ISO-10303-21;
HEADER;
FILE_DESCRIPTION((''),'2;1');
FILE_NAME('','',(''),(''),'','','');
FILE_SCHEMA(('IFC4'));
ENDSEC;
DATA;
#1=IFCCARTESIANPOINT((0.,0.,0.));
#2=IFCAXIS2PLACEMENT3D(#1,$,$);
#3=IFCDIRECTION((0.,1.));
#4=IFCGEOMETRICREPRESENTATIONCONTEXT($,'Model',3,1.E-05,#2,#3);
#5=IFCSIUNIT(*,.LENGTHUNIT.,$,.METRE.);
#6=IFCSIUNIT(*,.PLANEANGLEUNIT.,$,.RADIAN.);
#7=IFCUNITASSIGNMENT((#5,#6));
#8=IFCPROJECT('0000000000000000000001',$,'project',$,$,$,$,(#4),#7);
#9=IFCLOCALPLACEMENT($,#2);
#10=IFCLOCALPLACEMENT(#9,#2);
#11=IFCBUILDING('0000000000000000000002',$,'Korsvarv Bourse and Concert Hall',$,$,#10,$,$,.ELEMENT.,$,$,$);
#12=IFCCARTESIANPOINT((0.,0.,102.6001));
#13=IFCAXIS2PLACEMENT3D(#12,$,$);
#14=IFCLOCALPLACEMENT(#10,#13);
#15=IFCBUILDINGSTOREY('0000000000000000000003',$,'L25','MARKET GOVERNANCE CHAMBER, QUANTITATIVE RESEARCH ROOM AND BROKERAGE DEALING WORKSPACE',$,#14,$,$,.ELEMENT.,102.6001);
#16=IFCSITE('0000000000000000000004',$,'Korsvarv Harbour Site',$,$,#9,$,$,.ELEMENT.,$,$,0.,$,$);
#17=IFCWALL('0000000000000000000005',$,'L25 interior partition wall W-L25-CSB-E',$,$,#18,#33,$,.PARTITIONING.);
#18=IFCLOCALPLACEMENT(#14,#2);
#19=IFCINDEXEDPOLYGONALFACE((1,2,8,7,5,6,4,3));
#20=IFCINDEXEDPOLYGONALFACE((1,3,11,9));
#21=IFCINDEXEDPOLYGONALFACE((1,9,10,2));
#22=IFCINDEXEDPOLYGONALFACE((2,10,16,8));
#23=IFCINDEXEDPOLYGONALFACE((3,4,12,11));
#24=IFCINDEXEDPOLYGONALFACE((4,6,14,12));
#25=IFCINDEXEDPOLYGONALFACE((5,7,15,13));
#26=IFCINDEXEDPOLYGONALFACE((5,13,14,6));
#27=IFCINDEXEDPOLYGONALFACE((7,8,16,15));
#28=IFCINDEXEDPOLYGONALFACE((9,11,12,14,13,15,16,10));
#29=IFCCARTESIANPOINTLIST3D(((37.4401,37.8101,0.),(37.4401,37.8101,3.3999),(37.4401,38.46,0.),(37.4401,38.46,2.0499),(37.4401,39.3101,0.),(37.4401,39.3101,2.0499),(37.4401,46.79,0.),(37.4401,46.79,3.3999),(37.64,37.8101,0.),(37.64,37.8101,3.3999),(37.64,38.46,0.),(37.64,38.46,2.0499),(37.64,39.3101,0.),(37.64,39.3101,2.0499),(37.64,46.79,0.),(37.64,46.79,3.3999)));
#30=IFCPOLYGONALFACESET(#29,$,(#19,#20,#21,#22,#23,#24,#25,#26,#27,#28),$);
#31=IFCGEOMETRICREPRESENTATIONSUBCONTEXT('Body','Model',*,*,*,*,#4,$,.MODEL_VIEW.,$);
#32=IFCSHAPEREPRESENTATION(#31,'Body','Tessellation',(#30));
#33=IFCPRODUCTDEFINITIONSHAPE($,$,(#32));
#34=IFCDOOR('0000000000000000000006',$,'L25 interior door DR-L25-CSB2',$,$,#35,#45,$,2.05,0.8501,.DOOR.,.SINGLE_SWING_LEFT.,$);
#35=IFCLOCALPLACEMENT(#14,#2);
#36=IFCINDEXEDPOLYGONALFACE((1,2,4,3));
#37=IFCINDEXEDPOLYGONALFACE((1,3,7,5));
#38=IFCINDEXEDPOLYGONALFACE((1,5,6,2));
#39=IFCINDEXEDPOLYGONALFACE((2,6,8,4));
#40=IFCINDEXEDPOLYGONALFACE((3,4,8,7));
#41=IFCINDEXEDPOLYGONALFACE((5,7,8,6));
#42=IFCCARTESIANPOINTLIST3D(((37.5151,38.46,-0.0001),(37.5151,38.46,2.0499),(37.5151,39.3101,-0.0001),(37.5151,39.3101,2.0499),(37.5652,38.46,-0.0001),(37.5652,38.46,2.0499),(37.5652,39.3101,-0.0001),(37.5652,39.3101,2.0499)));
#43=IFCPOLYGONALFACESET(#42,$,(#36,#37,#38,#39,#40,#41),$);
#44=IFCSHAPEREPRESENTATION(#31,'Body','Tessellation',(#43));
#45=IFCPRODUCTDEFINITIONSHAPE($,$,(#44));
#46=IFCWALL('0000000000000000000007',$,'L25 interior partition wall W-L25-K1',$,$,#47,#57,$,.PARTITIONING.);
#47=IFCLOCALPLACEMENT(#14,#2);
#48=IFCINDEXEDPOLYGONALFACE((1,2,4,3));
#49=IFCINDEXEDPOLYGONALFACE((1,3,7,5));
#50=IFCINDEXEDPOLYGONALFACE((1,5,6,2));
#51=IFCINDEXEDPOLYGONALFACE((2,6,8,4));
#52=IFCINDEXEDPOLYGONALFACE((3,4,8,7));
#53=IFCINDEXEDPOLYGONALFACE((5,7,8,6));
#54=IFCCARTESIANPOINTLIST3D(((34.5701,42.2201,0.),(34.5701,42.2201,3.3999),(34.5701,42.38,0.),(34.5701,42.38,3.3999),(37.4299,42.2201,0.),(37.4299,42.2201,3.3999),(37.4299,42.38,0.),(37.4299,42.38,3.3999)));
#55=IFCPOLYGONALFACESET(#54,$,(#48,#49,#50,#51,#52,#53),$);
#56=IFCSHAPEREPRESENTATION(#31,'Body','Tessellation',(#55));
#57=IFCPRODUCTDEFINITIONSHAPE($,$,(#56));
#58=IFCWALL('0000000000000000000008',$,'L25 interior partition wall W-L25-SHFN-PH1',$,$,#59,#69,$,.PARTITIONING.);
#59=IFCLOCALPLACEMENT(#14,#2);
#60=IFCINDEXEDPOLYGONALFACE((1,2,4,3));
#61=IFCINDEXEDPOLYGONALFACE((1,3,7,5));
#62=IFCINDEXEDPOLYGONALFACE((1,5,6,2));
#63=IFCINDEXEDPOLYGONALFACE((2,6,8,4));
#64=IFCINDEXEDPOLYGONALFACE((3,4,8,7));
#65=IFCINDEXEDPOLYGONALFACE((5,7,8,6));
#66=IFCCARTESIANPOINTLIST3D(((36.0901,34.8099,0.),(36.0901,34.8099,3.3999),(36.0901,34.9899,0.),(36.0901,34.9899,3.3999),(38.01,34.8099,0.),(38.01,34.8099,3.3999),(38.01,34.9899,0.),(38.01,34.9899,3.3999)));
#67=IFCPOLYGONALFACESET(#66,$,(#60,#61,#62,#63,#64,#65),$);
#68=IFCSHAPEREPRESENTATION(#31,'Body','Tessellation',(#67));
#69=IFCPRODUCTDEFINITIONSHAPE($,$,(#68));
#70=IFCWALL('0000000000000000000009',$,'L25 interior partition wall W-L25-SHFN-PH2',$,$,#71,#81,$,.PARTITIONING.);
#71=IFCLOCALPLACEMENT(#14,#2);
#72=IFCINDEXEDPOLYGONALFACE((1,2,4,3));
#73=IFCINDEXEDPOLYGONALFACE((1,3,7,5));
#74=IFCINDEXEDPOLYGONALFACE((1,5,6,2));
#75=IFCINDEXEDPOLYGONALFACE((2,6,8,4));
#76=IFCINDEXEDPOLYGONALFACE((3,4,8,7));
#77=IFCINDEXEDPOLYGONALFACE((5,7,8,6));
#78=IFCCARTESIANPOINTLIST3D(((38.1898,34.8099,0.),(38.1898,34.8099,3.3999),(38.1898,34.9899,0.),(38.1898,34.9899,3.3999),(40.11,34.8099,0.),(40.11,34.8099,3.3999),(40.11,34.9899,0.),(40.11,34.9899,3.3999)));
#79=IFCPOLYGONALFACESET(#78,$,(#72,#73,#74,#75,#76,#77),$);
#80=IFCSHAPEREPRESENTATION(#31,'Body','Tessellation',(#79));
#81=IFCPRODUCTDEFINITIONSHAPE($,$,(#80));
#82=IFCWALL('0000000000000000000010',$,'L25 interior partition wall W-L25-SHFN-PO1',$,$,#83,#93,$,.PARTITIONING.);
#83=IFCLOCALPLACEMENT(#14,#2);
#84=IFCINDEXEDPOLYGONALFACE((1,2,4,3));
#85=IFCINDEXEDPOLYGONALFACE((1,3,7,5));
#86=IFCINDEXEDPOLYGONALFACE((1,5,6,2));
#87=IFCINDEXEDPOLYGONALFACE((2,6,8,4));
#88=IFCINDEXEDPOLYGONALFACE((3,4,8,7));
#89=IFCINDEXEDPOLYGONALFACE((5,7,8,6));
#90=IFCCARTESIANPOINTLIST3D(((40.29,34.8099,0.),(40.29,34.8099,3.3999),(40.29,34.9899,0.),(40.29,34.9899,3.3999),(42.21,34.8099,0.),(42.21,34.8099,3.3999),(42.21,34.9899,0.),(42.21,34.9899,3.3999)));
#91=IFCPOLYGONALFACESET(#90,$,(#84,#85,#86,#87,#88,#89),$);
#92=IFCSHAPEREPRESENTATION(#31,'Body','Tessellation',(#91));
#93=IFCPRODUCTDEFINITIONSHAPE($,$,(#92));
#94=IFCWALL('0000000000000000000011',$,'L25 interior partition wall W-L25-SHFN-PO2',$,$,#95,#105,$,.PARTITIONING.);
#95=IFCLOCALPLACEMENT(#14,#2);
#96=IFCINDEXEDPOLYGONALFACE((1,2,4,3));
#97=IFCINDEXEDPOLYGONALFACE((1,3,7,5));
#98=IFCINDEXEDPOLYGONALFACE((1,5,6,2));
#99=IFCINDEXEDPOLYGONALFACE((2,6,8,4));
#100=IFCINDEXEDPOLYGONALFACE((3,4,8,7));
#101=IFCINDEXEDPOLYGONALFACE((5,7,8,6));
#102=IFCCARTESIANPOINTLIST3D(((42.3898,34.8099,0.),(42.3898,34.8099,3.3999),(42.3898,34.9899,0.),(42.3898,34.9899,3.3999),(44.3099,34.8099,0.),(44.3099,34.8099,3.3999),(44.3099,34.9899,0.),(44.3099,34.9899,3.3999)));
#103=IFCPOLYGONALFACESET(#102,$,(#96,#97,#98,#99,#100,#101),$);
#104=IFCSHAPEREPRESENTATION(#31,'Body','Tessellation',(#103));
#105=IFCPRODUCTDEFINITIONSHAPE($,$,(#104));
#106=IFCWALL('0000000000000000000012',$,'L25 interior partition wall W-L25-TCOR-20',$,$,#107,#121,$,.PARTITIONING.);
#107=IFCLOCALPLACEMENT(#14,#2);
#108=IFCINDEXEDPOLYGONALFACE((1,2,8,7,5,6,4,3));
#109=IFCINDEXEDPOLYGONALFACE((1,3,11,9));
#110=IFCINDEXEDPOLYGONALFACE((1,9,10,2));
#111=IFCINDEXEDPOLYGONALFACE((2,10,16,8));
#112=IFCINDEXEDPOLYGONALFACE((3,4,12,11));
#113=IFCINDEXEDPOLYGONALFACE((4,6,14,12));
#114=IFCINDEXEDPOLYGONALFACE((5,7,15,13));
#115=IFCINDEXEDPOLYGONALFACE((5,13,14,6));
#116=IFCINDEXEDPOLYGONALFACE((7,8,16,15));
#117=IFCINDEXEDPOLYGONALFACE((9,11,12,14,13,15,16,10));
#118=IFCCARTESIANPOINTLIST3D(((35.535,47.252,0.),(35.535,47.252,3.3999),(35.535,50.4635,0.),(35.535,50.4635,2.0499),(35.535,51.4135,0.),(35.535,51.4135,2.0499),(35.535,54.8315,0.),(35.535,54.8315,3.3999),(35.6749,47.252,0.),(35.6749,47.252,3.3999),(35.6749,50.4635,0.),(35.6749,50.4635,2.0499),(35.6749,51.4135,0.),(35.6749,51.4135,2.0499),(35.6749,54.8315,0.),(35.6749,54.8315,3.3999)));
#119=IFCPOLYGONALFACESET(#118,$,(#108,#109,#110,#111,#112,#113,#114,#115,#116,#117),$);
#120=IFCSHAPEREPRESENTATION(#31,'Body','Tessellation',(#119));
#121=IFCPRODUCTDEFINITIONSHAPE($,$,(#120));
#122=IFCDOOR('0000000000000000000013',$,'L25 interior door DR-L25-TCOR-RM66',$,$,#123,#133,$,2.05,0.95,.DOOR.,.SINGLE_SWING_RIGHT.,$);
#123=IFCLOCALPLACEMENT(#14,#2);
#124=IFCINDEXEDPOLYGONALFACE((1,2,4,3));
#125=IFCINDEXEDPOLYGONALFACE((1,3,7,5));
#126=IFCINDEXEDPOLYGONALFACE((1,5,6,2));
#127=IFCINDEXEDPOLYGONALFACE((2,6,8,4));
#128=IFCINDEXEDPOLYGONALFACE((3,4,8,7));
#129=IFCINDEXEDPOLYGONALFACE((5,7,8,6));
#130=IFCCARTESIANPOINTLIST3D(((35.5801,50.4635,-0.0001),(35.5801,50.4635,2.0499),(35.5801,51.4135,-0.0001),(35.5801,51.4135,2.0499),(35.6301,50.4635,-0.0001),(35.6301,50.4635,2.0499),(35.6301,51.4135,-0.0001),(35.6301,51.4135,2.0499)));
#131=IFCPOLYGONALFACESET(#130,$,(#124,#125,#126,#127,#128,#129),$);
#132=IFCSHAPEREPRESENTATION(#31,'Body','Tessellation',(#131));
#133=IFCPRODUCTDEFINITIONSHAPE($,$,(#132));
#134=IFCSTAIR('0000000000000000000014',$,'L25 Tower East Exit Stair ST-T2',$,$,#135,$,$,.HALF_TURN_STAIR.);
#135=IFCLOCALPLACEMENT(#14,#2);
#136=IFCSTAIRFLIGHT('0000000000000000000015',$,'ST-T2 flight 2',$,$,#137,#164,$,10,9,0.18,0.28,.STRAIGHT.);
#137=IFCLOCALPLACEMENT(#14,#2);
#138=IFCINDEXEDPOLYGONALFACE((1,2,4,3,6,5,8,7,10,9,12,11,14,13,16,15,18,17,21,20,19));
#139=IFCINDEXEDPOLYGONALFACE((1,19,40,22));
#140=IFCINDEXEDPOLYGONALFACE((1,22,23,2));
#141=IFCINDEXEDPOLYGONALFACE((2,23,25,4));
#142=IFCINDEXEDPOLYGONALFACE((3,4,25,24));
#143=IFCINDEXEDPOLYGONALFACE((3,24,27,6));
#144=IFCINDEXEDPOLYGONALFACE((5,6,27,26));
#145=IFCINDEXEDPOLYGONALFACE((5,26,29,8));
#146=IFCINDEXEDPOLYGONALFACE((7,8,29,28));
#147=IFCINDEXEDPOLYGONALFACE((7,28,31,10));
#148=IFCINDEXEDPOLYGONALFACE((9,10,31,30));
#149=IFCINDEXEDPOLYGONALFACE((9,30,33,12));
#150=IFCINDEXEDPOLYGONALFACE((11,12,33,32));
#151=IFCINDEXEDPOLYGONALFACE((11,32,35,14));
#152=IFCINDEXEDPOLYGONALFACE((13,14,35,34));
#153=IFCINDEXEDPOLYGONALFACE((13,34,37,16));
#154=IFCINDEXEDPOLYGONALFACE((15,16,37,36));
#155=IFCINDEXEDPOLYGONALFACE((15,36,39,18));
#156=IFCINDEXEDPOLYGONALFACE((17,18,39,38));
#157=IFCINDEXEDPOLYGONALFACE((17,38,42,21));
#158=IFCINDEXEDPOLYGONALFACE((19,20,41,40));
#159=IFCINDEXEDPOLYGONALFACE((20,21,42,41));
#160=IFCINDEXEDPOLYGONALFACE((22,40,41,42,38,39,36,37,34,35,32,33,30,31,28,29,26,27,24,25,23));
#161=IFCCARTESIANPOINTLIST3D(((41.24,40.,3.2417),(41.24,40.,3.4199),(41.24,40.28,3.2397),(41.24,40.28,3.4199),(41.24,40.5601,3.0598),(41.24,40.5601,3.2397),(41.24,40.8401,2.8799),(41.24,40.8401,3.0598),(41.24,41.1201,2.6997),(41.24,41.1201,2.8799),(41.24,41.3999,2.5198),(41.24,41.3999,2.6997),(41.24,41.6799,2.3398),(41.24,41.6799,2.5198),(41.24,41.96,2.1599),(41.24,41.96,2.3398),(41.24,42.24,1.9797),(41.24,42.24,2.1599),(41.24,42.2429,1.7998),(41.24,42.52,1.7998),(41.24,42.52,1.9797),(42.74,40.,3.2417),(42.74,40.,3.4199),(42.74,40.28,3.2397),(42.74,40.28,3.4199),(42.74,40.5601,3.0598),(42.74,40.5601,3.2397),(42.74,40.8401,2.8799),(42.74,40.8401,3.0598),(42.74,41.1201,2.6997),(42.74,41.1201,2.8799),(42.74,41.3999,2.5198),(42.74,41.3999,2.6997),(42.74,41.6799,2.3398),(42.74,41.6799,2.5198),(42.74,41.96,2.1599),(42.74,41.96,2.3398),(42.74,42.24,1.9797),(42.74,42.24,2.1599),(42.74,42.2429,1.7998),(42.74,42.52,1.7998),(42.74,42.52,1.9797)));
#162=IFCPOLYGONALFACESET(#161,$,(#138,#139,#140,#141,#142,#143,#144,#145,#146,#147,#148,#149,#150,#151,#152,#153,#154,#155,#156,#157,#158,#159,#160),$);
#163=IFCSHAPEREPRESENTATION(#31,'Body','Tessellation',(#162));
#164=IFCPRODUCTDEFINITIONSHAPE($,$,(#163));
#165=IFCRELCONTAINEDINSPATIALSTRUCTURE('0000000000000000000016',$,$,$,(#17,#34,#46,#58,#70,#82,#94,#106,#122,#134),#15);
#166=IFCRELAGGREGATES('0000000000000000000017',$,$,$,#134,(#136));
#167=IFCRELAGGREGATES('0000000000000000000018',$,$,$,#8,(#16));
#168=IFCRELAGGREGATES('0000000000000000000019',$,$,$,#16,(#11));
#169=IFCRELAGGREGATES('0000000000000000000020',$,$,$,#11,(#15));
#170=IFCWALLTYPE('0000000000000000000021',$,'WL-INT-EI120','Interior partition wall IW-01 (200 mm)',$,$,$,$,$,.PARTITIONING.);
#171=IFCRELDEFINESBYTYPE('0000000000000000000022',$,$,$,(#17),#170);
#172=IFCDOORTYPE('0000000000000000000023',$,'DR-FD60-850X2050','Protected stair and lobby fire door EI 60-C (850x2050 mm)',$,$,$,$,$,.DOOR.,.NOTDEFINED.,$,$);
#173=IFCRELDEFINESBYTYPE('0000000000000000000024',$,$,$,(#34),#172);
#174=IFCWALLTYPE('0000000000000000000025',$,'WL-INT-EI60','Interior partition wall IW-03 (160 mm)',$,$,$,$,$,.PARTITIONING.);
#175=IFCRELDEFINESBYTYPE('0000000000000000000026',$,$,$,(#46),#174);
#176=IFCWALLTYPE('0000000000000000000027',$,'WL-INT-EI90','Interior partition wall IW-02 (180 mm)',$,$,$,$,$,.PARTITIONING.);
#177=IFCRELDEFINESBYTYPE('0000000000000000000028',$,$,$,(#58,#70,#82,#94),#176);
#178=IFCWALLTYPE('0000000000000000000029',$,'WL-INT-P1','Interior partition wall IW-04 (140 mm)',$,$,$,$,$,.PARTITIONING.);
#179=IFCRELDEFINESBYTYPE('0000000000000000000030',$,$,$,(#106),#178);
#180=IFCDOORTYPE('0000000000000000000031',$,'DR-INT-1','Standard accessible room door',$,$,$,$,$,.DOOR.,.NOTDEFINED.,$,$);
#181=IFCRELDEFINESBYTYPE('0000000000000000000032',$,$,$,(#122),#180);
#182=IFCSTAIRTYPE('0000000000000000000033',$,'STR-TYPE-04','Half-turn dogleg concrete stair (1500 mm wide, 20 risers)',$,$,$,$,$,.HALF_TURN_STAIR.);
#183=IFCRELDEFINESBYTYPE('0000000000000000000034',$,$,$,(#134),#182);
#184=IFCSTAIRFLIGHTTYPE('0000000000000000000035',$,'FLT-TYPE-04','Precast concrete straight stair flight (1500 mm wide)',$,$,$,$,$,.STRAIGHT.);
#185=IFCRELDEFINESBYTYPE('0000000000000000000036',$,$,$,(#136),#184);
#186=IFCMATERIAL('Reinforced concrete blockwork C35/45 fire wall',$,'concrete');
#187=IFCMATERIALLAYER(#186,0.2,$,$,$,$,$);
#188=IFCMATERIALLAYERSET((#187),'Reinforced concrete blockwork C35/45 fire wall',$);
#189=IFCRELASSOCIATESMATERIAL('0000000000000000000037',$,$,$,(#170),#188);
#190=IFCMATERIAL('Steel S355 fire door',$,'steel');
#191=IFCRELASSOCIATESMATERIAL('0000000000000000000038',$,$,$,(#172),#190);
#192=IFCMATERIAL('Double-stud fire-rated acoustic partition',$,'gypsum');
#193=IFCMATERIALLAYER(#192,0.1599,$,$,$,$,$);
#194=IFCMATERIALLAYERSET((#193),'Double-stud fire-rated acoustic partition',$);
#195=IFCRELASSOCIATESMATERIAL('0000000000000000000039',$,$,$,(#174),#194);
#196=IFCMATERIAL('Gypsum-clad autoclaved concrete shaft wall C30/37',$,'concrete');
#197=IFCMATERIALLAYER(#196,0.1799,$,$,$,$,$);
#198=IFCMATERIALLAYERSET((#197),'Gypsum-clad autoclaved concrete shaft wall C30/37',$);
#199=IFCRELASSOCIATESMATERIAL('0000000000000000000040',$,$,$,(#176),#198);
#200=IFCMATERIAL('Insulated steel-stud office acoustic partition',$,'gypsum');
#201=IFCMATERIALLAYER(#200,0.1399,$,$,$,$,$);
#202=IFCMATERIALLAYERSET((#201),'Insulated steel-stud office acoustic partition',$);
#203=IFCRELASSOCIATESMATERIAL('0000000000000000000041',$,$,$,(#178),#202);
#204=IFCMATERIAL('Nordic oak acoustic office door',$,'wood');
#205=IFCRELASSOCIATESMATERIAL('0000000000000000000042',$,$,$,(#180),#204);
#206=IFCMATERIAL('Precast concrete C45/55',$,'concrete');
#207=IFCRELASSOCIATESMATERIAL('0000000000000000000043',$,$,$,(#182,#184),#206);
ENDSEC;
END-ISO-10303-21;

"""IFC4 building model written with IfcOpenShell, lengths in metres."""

from ifc_helpers import new_model, si_unit, direction, frame, frame_2d, origin, place, context, subcontext, project, spatial, polyline, rectangle, outline, extrude, material, layer, layer_set, type_object, element, fill, aggregate, save


model = new_model("IFC4")

# Units and contexts
model_context = context("Model", 3, precision=1e-05, world=origin(), true_north=direction((0.0, 1.0)))
body_context = subcontext(model_context, "Body", "Model", "MODEL_VIEW")
ifc_project = project(units=[si_unit("LENGTHUNIT", "METRE"), si_unit("PLANEANGLEUNIT", "RADIAN")], contexts=[model_context])

# Site, building, storey
site_placement = place(None, origin())
site = spatial("IfcSite", under=ifc_project, at=site_placement, Name="Korsvarv Harbour Site", CompositionType="ELEMENT", RefElevation=0.0)
building_placement = place(site_placement, origin())
building = spatial("IfcBuilding", under=site, at=building_placement, Name="Korsvarv Bourse and Concert Hall", CompositionType="ELEMENT")
storey_placement = place(building_placement, frame((0.0, 0.0, 102.6001)))
storey = spatial("IfcBuildingStorey", under=building, at=storey_placement, Name="L25", Description="MARKET GOVERNANCE CHAMBER, QUANTITATIVE RESEARCH ROOM AND BROKERAGE DEALING WORKSPACE", CompositionType="ELEMENT", Elevation=102.6001)

# Shared definitions
ifc_material_1 = material(Name="Steel S355 fire door", Category="steel")

# Wall, opening, door
ifc_material_2 = material(Name="Reinforced concrete blockwork C35/45 fire wall", Category="concrete")
ifc_layer_1 = layer(ifc_material_2, 0.2)
ifc_layer_set_1 = layer_set([ifc_layer_1], Name="Reinforced concrete blockwork C35/45 fire wall")
wall_type_1 = type_object("IfcWallType", Name="WL-INT-EI120", Description="Interior partition wall IW-01 (200 mm)", PredefinedType="PARTITIONING", material=ifc_layer_set_1)
door_type_1 = type_object("IfcDoorType", Name="DR-FD60-850X2050", Description="Protected stair and lobby fire door EI 60-C (850x2050 mm)", OperationType="NOTDEFINED", PredefinedType="DOOR", material=ifc_material_1)
wall_1_placement = place(storey_placement, frame((37.54, 37.8101, 0.0), z_axis=(0.0, 0.0, 1.0), x_axis=(0.0, 1.0, 0.0)))
wall_1 = element("IfcWall", 1, at=wall_1_placement, inside=storey, type_object=wall_type_1, Name="L25 interior partition wall W-L25-CSB-E", PredefinedType="PARTITIONING", context=body_context, shape_type="SweptSolid", body=[
    extrude(rectangle(XDim=8.98, YDim=0.2, at=frame_2d((4.49, 0.0))), origin(), (0.0, 0.0, 1.0), 3.3999),
])
opening_1_placement = place(wall_1_placement, frame((0.6499, 0.0, 0.0)))
opening_1 = element("IfcOpeningElement", 2, at=opening_1_placement, cuts=wall_1, PredefinedType="OPENING", context=body_context, shape_type="SweptSolid", body=[
    extrude(rectangle(XDim=0.8501, YDim=2.05, at=frame_2d((0.425, 1.0249))), frame((0.0, 0.1099, 0.0), z_axis=(0.0, -1.0, 0.0), x_axis=(1.0, 0.0, 0.0)), (0.0, 0.0, 1.0), 0.22),
])
door_1_placement = place(opening_1_placement, origin())
door_1 = element("IfcDoor", 3, at=door_1_placement, inside=storey, type_object=door_type_1, Name="L25 interior door DR-L25-CSB2", OperationType="SINGLE_SWING_LEFT", OverallHeight=2.05, OverallWidth=0.8501, PredefinedType="DOOR", context=body_context, shape_type="SweptSolid", body=[
    extrude(rectangle(XDim=0.8501, YDim=2.05, at=frame_2d((0.425, 1.0249))), frame((0.0, 0.0249, 0.0), z_axis=(0.0, -1.0, 0.0), x_axis=(1.0, 0.0, 0.0)), (0.0, 0.0, 1.0), 0.05),
])
fill(opening_1, door_1)

# Walls
ifc_material_3 = material(Name="Double-stud fire-rated acoustic partition", Category="gypsum")
ifc_layer_2 = layer(ifc_material_3, 0.1599)
ifc_layer_set_2 = layer_set([ifc_layer_2], Name="Double-stud fire-rated acoustic partition")
wall_type_2 = type_object("IfcWallType", Name="WL-INT-EI60", Description="Interior partition wall IW-03 (160 mm)", PredefinedType="PARTITIONING", material=ifc_layer_set_2)
wall_2_placement = place(storey_placement, frame((34.5701, 42.3, 0.0), z_axis=(0.0, 0.0, 1.0), x_axis=(1.0, 0.0, 0.0)))
element("IfcWall", 4, at=wall_2_placement, inside=storey, type_object=wall_type_2, Name="L25 interior partition wall W-L25-K1", PredefinedType="PARTITIONING", context=body_context, shape_type="SweptSolid", body=[
    extrude(rectangle(XDim=2.8599, YDim=0.1599, at=frame_2d((1.4299, 0.0))), origin(), (0.0, 0.0, 1.0), 3.3999),
])
ifc_material_4 = material(Name="Gypsum-clad autoclaved concrete shaft wall C30/37", Category="concrete")
ifc_layer_3 = layer(ifc_material_4, 0.1799)
ifc_layer_set_3 = layer_set([ifc_layer_3], Name="Gypsum-clad autoclaved concrete shaft wall C30/37")
wall_type_3 = type_object("IfcWallType", Name="WL-INT-EI90", Description="Interior partition wall IW-02 (180 mm)", PredefinedType="PARTITIONING", material=ifc_layer_set_3)
wall_3_placement = place(storey_placement, frame((36.0901, 34.8999, 0.0), z_axis=(0.0, 0.0, 1.0), x_axis=(1.0, 0.0, 0.0)))
element("IfcWall", 5, at=wall_3_placement, inside=storey, type_object=wall_type_3, Name="L25 interior partition wall W-L25-SHFN-PH1", PredefinedType="PARTITIONING", context=body_context, shape_type="SweptSolid", body=[
    extrude(rectangle(XDim=1.9199, YDim=0.1799, at=frame_2d((0.96, 0.0))), origin(), (0.0, 0.0, 1.0), 3.3999),
])
wall_4_placement = place(storey_placement, frame((38.1899, 34.8999, 0.0), z_axis=(0.0, 0.0, 1.0), x_axis=(1.0, 0.0, 0.0)))
element("IfcWall", 6, at=wall_4_placement, inside=storey, type_object=wall_type_3, Name="L25 interior partition wall W-L25-SHFN-PH2", PredefinedType="PARTITIONING", context=body_context, shape_type="SweptSolid", body=[
    extrude(rectangle(XDim=1.9202, YDim=0.1799, at=frame_2d((0.96, 0.0))), origin(), (0.0, 0.0, 1.0), 3.3999),
])
wall_5_placement = place(storey_placement, frame((40.29, 34.8999, 0.0), z_axis=(0.0, 0.0, 1.0), x_axis=(1.0, 0.0, 0.0)))
element("IfcWall", 7, at=wall_5_placement, inside=storey, type_object=wall_type_3, Name="L25 interior partition wall W-L25-SHFN-PO1", PredefinedType="PARTITIONING", context=body_context, shape_type="SweptSolid", body=[
    extrude(rectangle(XDim=1.9199, YDim=0.1799, at=frame_2d((0.96, 0.0))), origin(), (0.0, 0.0, 1.0), 3.3999),
])
wall_6_placement = place(storey_placement, frame((42.3899, 34.8999, 0.0), z_axis=(0.0, 0.0, 1.0), x_axis=(1.0, 0.0, 0.0)))
element("IfcWall", 8, at=wall_6_placement, inside=storey, type_object=wall_type_3, Name="L25 interior partition wall W-L25-SHFN-PO2", PredefinedType="PARTITIONING", context=body_context, shape_type="SweptSolid", body=[
    extrude(rectangle(XDim=1.9202, YDim=0.1799, at=frame_2d((0.96, 0.0))), origin(), (0.0, 0.0, 1.0), 3.3999),
])

# Wall, opening, door
ifc_material_5 = material(Name="Insulated steel-stud office acoustic partition", Category="gypsum")
ifc_layer_4 = layer(ifc_material_5, 0.1399)
ifc_layer_set_4 = layer_set([ifc_layer_4], Name="Insulated steel-stud office acoustic partition")
wall_type_4 = type_object("IfcWallType", Name="WL-INT-P1", Description="Interior partition wall IW-04 (140 mm)", PredefinedType="PARTITIONING", material=ifc_layer_set_4)
wall_7_placement = place(storey_placement, frame((35.605, 47.252, 0.0), z_axis=(0.0, 0.0, 1.0), x_axis=(0.0, 1.0, 0.0)))
wall_7 = element("IfcWall", 9, at=wall_7_placement, inside=storey, type_object=wall_type_4, Name="L25 interior partition wall W-L25-TCOR-20", PredefinedType="PARTITIONING", context=body_context, shape_type="SweptSolid", body=[
    extrude(rectangle(XDim=7.5796, YDim=0.1399, at=frame_2d((3.7898, 0.0))), origin(), (0.0, 0.0, 1.0), 3.3999),
])
opening_2_placement = place(wall_7_placement, frame((3.2114, 0.0, 0.0)))
opening_2 = element("IfcOpeningElement", 10, at=opening_2_placement, cuts=wall_7, PredefinedType="OPENING", context=body_context, shape_type="SweptSolid", body=[
    extrude(rectangle(XDim=0.95, YDim=2.05, at=frame_2d((0.4751, 1.0249))), frame((0.0, 0.0801, 0.0), z_axis=(0.0, -1.0, 0.0), x_axis=(1.0, 0.0, 0.0)), (0.0, 0.0, 1.0), 0.1599),
])
ifc_material_6 = material(Name="Nordic oak acoustic office door", Category="wood")
door_type_2 = type_object("IfcDoorType", Name="DR-INT-1", Description="Standard accessible room door", OperationType="NOTDEFINED", PredefinedType="DOOR", material=ifc_material_6)
door_2_placement = place(opening_2_placement, origin())
door_2 = element("IfcDoor", 11, at=door_2_placement, inside=storey, type_object=door_type_2, Name="L25 interior door DR-L25-TCOR-RM66", OperationType="SINGLE_SWING_RIGHT", OverallHeight=2.05, OverallWidth=0.95, PredefinedType="DOOR", context=body_context, shape_type="SweptSolid", body=[
    extrude(rectangle(XDim=0.95, YDim=2.05, at=frame_2d((0.4751, 1.0249))), frame((0.0, 0.0249, 0.0), z_axis=(0.0, -1.0, 0.0), x_axis=(1.0, 0.0, 0.0)), (0.0, 0.0, 1.0), 0.05),
])
fill(opening_2, door_2)

# Stair, stair flight
ifc_material_7 = material(Name="Precast concrete C45/55", Category="concrete")
stair_type = type_object("IfcStairType", Name="STR-TYPE-04", Description="Half-turn dogleg concrete stair (1500 mm wide, 20 risers)", PredefinedType="HALF_TURN_STAIR", material=ifc_material_7)
stair_placement = place(storey_placement, origin())
stair = element("IfcStair", 12, at=stair_placement, inside=storey, type_object=stair_type, Name="L25 Tower East Exit Stair ST-T2", PredefinedType="HALF_TURN_STAIR")
stair_flight_type = type_object("IfcStairFlightType", Name="FLT-TYPE-04", Description="Precast concrete straight stair flight (1500 mm wide)", PredefinedType="STRAIGHT", material=ifc_material_7)
stair_flight_placement = place(storey_placement, frame((41.99, 42.52, 1.7998), z_axis=(0.0, 0.0, 1.0), x_axis=(0.0, -1.0, 0.0)))
stair_flight = element("IfcStairFlight", 13, at=stair_flight_placement, type_object=stair_flight_type, Name="ST-T2 flight 2", NumberOfRisers=10, NumberOfTreads=9, PredefinedType="STRAIGHT", RiserHeight=0.18, TreadLength=0.28, context=body_context, shape_type="SweptSolid", body=[
    extrude(outline(polyline([(0.0, 0.0), (0.0, 0.1799), (0.28, 0.1799), (0.28, 0.3601), (0.5601, 0.3601), (0.5601, 0.54), (0.8401, 0.54), (0.8401, 0.72), (1.1201, 0.72), (1.1201, 0.8999), (1.3999, 0.8999), (1.3999, 1.0801), (1.6799, 1.0801), (1.6799, 1.26), (1.96, 1.26), (1.96, 1.4399), (2.24, 1.4399), (2.24, 1.6201), (2.52, 1.6201), (2.52, 1.8), (2.52, 1.4419), (0.2771, 0.0), (0.0, 0.0)])), frame((0.0, 0.75, 0.0), z_axis=(0.0, -1.0, 0.0), x_axis=(1.0, 0.0, 0.0)), (0.0, 0.0, 1.0), 1.5),
])
aggregate(stair, [stair_flight])

save(model, "model.ifc")
